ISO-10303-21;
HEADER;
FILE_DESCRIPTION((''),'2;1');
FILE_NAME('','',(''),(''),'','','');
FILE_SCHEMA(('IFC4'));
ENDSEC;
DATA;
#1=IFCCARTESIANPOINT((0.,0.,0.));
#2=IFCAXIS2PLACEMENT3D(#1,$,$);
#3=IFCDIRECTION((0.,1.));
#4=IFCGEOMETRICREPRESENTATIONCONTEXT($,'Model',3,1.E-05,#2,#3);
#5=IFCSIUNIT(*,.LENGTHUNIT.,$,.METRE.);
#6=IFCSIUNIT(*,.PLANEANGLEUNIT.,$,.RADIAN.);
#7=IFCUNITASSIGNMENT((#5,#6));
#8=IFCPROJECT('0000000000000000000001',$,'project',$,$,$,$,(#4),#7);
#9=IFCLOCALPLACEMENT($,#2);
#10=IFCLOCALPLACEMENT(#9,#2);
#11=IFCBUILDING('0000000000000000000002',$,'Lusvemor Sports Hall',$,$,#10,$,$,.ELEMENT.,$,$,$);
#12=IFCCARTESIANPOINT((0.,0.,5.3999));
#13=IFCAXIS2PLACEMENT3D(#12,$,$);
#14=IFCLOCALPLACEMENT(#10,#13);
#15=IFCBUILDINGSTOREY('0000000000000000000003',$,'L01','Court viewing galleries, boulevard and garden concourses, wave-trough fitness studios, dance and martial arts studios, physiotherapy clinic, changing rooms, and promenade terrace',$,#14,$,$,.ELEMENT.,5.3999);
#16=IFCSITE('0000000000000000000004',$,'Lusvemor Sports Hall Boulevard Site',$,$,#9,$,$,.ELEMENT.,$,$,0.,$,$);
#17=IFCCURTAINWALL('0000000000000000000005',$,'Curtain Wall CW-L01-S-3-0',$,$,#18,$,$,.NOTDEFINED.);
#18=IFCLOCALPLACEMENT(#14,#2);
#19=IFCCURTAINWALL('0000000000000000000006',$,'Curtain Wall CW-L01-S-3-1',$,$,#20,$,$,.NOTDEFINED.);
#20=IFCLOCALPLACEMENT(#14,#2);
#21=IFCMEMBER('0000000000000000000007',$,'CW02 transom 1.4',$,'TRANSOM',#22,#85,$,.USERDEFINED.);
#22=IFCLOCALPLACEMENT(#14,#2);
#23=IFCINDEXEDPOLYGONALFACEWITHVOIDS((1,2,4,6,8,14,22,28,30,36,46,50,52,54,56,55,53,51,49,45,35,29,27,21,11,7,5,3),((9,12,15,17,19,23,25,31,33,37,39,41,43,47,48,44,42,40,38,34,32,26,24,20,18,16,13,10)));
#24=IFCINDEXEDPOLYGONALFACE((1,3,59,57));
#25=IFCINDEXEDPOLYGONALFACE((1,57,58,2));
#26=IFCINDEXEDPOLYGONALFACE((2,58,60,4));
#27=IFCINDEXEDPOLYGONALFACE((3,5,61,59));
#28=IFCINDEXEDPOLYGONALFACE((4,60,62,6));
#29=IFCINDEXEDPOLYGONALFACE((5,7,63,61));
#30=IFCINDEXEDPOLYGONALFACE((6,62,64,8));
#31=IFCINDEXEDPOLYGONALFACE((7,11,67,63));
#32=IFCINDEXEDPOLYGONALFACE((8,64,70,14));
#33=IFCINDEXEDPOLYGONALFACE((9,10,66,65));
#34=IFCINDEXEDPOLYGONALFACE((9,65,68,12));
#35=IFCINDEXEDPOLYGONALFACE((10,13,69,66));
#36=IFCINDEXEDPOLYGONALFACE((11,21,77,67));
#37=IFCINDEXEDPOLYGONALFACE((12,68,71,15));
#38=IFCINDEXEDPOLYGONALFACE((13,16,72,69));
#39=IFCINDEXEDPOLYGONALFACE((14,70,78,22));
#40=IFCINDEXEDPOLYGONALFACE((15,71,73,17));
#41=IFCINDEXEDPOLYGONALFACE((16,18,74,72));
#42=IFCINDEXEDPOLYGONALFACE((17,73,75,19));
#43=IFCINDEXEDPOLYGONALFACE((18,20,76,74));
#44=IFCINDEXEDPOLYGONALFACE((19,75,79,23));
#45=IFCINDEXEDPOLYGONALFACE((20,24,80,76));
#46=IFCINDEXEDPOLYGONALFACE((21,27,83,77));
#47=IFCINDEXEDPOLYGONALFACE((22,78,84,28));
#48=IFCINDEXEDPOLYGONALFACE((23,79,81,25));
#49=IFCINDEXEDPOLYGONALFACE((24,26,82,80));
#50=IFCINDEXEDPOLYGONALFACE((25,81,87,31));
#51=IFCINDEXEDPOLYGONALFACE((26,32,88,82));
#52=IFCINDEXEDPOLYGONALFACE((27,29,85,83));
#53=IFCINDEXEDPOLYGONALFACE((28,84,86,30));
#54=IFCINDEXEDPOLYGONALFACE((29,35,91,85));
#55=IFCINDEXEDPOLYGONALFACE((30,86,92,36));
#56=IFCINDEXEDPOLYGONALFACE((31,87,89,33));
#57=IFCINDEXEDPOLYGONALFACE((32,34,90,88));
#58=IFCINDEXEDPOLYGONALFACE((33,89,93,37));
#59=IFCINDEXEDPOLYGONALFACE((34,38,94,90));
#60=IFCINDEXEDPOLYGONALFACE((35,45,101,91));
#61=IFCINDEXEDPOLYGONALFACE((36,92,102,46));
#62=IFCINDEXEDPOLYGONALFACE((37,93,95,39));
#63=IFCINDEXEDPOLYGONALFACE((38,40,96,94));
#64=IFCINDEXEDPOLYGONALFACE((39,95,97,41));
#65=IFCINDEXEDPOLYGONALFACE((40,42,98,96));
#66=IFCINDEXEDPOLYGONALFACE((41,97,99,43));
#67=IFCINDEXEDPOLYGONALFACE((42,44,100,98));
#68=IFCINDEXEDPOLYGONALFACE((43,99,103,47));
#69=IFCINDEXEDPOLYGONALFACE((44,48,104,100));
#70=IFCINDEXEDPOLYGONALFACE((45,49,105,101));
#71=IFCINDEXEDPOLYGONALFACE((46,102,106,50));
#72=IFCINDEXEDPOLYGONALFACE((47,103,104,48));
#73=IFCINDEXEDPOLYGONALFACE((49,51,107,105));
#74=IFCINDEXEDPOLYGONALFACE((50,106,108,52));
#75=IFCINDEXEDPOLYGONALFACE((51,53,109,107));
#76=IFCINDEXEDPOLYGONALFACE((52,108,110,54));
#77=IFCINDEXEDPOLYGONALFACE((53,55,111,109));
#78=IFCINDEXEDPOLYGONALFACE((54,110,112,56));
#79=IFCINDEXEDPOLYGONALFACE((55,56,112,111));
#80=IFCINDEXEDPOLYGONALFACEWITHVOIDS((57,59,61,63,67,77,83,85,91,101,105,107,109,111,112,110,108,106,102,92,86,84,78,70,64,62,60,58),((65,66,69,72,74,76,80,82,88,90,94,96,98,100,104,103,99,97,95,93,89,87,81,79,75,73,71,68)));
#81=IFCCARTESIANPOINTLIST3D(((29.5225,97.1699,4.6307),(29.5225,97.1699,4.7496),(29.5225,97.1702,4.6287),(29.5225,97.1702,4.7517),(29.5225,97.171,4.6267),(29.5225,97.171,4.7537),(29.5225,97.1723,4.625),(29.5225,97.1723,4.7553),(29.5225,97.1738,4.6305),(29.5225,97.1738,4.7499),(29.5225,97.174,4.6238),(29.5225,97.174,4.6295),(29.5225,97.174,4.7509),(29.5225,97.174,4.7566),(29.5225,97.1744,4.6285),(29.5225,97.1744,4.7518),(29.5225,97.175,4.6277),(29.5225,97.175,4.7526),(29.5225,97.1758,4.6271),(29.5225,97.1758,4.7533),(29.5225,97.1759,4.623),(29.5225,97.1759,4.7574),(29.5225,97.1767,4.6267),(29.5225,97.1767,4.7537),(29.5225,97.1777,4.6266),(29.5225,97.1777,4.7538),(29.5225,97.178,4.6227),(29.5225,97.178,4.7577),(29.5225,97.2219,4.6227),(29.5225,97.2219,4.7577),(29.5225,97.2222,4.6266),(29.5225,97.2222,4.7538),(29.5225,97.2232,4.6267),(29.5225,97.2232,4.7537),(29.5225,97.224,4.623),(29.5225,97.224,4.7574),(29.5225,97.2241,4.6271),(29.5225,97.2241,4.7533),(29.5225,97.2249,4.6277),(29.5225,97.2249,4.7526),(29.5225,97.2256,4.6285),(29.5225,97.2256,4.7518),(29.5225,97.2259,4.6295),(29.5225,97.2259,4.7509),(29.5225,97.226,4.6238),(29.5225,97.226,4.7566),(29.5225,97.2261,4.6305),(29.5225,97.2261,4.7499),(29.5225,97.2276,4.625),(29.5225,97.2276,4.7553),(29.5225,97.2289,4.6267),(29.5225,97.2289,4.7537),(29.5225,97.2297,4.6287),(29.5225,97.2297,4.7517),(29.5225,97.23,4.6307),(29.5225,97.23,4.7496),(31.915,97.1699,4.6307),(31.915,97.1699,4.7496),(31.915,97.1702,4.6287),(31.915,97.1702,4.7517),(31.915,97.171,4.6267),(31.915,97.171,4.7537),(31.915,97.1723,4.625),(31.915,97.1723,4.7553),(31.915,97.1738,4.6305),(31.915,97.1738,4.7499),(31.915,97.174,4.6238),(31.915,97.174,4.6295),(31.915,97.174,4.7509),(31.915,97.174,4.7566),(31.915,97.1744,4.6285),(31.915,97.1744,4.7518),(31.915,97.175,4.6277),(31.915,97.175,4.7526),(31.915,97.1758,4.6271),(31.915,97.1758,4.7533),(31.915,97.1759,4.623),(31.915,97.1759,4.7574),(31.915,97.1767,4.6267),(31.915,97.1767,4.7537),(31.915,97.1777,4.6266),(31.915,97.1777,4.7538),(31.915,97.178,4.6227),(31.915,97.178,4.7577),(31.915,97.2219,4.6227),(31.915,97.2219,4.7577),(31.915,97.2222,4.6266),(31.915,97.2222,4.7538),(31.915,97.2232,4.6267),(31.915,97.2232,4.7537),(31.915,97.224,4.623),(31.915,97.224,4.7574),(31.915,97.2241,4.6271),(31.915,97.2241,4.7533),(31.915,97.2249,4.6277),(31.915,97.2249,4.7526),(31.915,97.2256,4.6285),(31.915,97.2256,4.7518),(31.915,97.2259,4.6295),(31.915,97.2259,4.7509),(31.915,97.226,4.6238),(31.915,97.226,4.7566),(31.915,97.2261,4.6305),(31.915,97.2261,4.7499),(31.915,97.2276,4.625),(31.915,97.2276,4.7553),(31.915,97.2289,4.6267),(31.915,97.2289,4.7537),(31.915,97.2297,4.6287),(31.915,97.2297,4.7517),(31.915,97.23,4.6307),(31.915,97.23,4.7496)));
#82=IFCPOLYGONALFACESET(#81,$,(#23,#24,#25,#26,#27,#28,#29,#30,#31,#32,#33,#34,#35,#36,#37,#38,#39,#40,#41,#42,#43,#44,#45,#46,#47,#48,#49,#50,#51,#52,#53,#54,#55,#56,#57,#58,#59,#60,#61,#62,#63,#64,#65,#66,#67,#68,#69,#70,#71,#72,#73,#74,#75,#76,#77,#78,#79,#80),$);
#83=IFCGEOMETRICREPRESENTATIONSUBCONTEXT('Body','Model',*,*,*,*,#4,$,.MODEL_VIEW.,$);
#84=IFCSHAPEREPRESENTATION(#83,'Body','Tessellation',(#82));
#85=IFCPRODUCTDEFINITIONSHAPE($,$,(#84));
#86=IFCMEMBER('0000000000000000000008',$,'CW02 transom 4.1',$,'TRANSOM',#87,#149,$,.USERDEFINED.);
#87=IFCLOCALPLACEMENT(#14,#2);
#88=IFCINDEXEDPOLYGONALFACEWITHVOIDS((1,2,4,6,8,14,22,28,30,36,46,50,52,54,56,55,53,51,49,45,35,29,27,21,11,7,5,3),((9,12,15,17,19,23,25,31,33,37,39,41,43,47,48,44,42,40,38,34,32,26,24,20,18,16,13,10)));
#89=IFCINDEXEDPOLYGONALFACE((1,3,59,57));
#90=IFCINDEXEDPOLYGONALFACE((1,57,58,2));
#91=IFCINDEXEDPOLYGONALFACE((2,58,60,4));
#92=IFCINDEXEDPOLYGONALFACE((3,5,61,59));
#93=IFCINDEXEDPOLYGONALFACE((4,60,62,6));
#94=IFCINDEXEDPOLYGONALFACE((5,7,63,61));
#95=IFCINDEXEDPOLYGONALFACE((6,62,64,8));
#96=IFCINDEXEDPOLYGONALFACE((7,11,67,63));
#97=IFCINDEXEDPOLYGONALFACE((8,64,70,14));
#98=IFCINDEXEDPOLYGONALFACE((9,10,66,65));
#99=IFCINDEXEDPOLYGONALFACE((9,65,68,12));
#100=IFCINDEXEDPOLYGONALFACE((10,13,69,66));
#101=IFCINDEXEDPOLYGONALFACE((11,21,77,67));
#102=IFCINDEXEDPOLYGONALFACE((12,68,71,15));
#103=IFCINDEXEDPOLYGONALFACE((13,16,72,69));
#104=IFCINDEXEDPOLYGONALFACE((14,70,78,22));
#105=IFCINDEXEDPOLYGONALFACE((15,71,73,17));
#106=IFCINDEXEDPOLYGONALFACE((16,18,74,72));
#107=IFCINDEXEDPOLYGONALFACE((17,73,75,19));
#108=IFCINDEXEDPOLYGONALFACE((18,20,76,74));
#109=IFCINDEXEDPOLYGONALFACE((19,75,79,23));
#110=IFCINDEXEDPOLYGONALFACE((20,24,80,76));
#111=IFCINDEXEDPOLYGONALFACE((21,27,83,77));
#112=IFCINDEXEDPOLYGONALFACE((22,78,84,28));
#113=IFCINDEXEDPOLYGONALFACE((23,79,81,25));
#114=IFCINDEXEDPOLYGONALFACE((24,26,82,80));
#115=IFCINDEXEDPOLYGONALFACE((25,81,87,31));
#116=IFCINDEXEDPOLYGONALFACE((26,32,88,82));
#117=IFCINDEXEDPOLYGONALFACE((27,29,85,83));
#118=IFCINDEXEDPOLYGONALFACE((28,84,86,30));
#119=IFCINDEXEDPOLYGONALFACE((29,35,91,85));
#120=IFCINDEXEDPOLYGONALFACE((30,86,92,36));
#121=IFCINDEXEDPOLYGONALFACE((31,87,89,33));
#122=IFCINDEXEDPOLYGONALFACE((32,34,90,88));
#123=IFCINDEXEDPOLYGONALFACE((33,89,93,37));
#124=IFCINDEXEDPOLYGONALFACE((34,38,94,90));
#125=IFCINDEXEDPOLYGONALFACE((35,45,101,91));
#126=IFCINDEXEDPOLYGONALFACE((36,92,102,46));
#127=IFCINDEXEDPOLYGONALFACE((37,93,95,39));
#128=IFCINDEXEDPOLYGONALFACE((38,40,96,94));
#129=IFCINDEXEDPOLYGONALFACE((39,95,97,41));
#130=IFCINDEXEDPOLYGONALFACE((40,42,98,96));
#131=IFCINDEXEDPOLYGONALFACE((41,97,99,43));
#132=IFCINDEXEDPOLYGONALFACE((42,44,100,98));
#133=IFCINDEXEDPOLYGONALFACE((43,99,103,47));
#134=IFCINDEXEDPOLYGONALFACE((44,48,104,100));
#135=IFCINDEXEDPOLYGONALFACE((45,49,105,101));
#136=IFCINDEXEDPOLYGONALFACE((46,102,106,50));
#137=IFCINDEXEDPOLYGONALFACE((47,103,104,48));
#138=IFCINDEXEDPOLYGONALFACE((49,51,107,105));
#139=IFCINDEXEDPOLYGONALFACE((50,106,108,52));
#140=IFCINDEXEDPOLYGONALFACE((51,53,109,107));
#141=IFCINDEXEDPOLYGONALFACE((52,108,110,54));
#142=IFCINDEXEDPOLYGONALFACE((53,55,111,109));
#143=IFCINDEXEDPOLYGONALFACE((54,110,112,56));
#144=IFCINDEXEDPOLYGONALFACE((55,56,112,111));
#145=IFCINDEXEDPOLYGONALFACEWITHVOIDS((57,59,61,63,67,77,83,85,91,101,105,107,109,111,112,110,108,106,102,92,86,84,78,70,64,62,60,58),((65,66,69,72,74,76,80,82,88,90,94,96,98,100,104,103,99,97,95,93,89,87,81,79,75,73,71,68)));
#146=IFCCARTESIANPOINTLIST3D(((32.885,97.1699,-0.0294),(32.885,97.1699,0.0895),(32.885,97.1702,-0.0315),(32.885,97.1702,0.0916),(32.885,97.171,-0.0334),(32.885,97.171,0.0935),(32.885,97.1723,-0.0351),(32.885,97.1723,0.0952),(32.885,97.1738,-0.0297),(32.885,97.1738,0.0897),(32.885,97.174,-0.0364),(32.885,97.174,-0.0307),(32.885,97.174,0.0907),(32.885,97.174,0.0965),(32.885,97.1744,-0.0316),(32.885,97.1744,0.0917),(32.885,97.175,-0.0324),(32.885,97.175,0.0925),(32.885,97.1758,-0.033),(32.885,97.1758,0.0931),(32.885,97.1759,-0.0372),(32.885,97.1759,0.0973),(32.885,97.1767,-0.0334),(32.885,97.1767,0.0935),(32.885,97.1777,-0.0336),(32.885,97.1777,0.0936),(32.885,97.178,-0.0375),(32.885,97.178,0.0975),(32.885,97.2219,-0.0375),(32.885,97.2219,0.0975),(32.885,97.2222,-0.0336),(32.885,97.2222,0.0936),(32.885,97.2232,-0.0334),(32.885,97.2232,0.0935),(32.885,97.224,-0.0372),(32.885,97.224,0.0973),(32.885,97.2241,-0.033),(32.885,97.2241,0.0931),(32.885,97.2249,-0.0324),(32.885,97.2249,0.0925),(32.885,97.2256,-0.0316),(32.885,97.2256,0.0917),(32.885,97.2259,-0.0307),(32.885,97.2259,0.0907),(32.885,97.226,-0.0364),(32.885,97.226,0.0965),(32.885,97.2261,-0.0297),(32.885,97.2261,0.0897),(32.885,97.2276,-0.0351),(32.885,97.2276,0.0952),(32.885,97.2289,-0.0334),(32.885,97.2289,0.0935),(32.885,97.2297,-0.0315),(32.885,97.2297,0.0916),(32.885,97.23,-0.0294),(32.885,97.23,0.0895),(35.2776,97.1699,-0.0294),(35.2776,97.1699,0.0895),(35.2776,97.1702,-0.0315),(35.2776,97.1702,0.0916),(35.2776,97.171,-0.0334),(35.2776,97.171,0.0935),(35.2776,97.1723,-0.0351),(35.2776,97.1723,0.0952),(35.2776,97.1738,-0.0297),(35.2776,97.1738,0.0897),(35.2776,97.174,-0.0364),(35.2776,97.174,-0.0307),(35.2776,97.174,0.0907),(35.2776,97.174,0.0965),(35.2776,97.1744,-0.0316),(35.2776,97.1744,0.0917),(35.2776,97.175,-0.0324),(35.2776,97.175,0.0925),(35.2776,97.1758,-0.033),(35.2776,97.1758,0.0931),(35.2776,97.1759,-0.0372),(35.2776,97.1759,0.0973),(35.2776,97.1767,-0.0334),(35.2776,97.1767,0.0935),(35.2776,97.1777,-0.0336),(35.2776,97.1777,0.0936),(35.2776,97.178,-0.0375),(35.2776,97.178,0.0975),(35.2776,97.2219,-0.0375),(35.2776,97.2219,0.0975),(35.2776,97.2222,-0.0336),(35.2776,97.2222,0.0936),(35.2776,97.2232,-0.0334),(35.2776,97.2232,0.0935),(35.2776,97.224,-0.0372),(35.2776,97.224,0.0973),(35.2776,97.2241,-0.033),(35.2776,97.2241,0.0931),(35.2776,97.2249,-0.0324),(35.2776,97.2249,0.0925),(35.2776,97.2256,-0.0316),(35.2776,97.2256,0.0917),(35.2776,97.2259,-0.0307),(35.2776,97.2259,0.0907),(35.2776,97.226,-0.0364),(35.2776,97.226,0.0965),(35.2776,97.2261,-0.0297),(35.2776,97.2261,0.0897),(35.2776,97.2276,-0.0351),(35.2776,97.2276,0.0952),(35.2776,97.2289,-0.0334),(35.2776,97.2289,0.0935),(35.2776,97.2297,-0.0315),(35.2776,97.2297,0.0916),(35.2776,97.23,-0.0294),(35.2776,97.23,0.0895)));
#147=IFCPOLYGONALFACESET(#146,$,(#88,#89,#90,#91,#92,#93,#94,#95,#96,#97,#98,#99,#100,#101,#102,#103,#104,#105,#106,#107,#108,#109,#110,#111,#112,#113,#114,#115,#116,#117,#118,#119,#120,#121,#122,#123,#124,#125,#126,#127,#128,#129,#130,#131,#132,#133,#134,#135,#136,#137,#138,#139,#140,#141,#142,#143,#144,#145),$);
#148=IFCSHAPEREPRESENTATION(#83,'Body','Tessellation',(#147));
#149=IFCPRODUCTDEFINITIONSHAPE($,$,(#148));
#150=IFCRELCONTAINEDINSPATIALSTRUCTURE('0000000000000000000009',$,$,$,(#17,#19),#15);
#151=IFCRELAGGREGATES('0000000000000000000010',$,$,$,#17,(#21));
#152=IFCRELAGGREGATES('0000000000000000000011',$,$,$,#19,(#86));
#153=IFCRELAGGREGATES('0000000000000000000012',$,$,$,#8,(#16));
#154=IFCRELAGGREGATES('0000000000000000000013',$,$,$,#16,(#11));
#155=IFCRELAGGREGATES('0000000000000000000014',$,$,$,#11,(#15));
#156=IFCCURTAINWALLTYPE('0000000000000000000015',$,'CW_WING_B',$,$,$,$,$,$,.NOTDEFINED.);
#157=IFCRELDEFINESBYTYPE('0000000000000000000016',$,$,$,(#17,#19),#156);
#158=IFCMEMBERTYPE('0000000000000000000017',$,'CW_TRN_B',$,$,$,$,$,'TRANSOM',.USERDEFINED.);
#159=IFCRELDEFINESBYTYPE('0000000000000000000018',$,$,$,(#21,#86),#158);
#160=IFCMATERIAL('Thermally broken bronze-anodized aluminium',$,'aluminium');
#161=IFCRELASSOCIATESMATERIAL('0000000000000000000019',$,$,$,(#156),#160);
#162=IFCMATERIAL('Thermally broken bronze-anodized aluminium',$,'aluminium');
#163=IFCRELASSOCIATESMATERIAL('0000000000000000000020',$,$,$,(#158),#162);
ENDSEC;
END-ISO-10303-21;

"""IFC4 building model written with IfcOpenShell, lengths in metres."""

from ifc_helpers import new_model, si_unit, direction, frame, origin, origin_2d, place, context, subcontext, project, spatial, hollow_rectangle, extrude, material, material_profile, profile_set, type_object, element, aggregate, save


model = new_model("IFC4")

# Units and contexts
model_context = context("Model", 3, precision=1e-05, world=origin(), true_north=direction((0.0, 1.0)))
body_context = subcontext(model_context, "Body", "Model", "MODEL_VIEW")
ifc_project = project(units=[si_unit("LENGTHUNIT", "METRE"), si_unit("PLANEANGLEUNIT", "RADIAN")], contexts=[model_context])

# Site, building, storey
site_placement = place(None, origin())
site = spatial("IfcSite", under=ifc_project, at=site_placement, Name="Lusvemor Sports Hall Boulevard Site", CompositionType="ELEMENT", RefElevation=0.0)
building_placement = place(site_placement, origin())
building = spatial("IfcBuilding", under=site, at=building_placement, Name="Lusvemor Sports Hall", CompositionType="ELEMENT")
storey_placement = place(building_placement, frame((0.0, 0.0, 5.3999)))
storey = spatial("IfcBuildingStorey", under=building, at=storey_placement, Name="L01", Description="Court viewing galleries, boulevard and garden concourses, wave-trough fitness studios, dance and martial arts studios, physiotherapy clinic, changing rooms, and promenade terrace", CompositionType="ELEMENT", Elevation=5.3999)

# Curtain wall
ifc_material_1 = material(Name="Thermally broken bronze-anodized aluminium", Category="aluminium")
curtain_wall_type = type_object("IfcCurtainWallType", Name="CW_WING_B", PredefinedType="NOTDEFINED", material=ifc_material_1)
curtain_wall_1_placement = place(storey_placement, origin())
curtain_wall_1 = element("IfcCurtainWall", 1, at=curtain_wall_1_placement, inside=storey, type_object=curtain_wall_type, Name="Curtain Wall CW-L01-S-3-0", PredefinedType="NOTDEFINED")

# Curtain wall
curtain_wall_2_placement = place(storey_placement, origin())
curtain_wall_2 = element("IfcCurtainWall", 2, at=curtain_wall_2_placement, inside=storey, type_object=curtain_wall_type, Name="Curtain Wall CW-L01-S-3-1", PredefinedType="NOTDEFINED")

# Members
ifc_material_2 = material(Name="Thermally broken bronze-anodized aluminium", Category="aluminium")
ifc_material_profile_1 = material_profile(ifc_material_2, hollow_rectangle(XDim=0.0601, YDim=0.135, WallThickness=0.0039, InnerFilletRadius=0.0039, OuterFilletRadius=0.0081, at=origin_2d()), Name="CWTRN135x60x4")
ifc_profile_set_1 = profile_set([ifc_material_profile_1], Name="Thermally broken bronze-anodized aluminium")
member_type_1 = type_object("IfcMemberType", Name="CW_TRN_B", ElementType="TRANSOM", PredefinedType="USERDEFINED", material=ifc_profile_set_1)
member_1_placement = place(storey_placement, frame((31.915, 97.2, 4.6902), z_axis=(-1.0, 0.0, 0.0), x_axis=(0.0, -1.0, 0.0)))
member_1 = element("IfcMember", 3, at=member_1_placement, type_object=member_type_1, Name="CW02 transom 1.4", ObjectType="TRANSOM", PredefinedType="USERDEFINED", context=body_context, shape_type="SweptSolid", body=[
    extrude(hollow_rectangle(XDim=0.0601, YDim=0.135, WallThickness=0.0039, InnerFilletRadius=0.0039, OuterFilletRadius=0.0081, at=origin_2d()), origin(), (0.0, 0.0, 1.0), 2.3926),
])
member_2_placement = place(storey_placement, frame((35.2776, 97.2, 0.03), z_axis=(-1.0, 0.0, 0.0), x_axis=(0.0, -1.0, 0.0)))
member_2 = element("IfcMember", 4, at=member_2_placement, type_object=member_type_1, Name="CW02 transom 4.1", ObjectType="TRANSOM", PredefinedType="USERDEFINED", context=body_context, shape_type="SweptSolid", body=[
    extrude(hollow_rectangle(XDim=0.0601, YDim=0.135, WallThickness=0.0039, InnerFilletRadius=0.0039, OuterFilletRadius=0.0081, at=origin_2d()), origin(), (0.0, 0.0, 1.0), 2.3926),
])

aggregate(curtain_wall_1, [member_1])
aggregate(curtain_wall_2, [member_2])

save(model, "model.ifc")
